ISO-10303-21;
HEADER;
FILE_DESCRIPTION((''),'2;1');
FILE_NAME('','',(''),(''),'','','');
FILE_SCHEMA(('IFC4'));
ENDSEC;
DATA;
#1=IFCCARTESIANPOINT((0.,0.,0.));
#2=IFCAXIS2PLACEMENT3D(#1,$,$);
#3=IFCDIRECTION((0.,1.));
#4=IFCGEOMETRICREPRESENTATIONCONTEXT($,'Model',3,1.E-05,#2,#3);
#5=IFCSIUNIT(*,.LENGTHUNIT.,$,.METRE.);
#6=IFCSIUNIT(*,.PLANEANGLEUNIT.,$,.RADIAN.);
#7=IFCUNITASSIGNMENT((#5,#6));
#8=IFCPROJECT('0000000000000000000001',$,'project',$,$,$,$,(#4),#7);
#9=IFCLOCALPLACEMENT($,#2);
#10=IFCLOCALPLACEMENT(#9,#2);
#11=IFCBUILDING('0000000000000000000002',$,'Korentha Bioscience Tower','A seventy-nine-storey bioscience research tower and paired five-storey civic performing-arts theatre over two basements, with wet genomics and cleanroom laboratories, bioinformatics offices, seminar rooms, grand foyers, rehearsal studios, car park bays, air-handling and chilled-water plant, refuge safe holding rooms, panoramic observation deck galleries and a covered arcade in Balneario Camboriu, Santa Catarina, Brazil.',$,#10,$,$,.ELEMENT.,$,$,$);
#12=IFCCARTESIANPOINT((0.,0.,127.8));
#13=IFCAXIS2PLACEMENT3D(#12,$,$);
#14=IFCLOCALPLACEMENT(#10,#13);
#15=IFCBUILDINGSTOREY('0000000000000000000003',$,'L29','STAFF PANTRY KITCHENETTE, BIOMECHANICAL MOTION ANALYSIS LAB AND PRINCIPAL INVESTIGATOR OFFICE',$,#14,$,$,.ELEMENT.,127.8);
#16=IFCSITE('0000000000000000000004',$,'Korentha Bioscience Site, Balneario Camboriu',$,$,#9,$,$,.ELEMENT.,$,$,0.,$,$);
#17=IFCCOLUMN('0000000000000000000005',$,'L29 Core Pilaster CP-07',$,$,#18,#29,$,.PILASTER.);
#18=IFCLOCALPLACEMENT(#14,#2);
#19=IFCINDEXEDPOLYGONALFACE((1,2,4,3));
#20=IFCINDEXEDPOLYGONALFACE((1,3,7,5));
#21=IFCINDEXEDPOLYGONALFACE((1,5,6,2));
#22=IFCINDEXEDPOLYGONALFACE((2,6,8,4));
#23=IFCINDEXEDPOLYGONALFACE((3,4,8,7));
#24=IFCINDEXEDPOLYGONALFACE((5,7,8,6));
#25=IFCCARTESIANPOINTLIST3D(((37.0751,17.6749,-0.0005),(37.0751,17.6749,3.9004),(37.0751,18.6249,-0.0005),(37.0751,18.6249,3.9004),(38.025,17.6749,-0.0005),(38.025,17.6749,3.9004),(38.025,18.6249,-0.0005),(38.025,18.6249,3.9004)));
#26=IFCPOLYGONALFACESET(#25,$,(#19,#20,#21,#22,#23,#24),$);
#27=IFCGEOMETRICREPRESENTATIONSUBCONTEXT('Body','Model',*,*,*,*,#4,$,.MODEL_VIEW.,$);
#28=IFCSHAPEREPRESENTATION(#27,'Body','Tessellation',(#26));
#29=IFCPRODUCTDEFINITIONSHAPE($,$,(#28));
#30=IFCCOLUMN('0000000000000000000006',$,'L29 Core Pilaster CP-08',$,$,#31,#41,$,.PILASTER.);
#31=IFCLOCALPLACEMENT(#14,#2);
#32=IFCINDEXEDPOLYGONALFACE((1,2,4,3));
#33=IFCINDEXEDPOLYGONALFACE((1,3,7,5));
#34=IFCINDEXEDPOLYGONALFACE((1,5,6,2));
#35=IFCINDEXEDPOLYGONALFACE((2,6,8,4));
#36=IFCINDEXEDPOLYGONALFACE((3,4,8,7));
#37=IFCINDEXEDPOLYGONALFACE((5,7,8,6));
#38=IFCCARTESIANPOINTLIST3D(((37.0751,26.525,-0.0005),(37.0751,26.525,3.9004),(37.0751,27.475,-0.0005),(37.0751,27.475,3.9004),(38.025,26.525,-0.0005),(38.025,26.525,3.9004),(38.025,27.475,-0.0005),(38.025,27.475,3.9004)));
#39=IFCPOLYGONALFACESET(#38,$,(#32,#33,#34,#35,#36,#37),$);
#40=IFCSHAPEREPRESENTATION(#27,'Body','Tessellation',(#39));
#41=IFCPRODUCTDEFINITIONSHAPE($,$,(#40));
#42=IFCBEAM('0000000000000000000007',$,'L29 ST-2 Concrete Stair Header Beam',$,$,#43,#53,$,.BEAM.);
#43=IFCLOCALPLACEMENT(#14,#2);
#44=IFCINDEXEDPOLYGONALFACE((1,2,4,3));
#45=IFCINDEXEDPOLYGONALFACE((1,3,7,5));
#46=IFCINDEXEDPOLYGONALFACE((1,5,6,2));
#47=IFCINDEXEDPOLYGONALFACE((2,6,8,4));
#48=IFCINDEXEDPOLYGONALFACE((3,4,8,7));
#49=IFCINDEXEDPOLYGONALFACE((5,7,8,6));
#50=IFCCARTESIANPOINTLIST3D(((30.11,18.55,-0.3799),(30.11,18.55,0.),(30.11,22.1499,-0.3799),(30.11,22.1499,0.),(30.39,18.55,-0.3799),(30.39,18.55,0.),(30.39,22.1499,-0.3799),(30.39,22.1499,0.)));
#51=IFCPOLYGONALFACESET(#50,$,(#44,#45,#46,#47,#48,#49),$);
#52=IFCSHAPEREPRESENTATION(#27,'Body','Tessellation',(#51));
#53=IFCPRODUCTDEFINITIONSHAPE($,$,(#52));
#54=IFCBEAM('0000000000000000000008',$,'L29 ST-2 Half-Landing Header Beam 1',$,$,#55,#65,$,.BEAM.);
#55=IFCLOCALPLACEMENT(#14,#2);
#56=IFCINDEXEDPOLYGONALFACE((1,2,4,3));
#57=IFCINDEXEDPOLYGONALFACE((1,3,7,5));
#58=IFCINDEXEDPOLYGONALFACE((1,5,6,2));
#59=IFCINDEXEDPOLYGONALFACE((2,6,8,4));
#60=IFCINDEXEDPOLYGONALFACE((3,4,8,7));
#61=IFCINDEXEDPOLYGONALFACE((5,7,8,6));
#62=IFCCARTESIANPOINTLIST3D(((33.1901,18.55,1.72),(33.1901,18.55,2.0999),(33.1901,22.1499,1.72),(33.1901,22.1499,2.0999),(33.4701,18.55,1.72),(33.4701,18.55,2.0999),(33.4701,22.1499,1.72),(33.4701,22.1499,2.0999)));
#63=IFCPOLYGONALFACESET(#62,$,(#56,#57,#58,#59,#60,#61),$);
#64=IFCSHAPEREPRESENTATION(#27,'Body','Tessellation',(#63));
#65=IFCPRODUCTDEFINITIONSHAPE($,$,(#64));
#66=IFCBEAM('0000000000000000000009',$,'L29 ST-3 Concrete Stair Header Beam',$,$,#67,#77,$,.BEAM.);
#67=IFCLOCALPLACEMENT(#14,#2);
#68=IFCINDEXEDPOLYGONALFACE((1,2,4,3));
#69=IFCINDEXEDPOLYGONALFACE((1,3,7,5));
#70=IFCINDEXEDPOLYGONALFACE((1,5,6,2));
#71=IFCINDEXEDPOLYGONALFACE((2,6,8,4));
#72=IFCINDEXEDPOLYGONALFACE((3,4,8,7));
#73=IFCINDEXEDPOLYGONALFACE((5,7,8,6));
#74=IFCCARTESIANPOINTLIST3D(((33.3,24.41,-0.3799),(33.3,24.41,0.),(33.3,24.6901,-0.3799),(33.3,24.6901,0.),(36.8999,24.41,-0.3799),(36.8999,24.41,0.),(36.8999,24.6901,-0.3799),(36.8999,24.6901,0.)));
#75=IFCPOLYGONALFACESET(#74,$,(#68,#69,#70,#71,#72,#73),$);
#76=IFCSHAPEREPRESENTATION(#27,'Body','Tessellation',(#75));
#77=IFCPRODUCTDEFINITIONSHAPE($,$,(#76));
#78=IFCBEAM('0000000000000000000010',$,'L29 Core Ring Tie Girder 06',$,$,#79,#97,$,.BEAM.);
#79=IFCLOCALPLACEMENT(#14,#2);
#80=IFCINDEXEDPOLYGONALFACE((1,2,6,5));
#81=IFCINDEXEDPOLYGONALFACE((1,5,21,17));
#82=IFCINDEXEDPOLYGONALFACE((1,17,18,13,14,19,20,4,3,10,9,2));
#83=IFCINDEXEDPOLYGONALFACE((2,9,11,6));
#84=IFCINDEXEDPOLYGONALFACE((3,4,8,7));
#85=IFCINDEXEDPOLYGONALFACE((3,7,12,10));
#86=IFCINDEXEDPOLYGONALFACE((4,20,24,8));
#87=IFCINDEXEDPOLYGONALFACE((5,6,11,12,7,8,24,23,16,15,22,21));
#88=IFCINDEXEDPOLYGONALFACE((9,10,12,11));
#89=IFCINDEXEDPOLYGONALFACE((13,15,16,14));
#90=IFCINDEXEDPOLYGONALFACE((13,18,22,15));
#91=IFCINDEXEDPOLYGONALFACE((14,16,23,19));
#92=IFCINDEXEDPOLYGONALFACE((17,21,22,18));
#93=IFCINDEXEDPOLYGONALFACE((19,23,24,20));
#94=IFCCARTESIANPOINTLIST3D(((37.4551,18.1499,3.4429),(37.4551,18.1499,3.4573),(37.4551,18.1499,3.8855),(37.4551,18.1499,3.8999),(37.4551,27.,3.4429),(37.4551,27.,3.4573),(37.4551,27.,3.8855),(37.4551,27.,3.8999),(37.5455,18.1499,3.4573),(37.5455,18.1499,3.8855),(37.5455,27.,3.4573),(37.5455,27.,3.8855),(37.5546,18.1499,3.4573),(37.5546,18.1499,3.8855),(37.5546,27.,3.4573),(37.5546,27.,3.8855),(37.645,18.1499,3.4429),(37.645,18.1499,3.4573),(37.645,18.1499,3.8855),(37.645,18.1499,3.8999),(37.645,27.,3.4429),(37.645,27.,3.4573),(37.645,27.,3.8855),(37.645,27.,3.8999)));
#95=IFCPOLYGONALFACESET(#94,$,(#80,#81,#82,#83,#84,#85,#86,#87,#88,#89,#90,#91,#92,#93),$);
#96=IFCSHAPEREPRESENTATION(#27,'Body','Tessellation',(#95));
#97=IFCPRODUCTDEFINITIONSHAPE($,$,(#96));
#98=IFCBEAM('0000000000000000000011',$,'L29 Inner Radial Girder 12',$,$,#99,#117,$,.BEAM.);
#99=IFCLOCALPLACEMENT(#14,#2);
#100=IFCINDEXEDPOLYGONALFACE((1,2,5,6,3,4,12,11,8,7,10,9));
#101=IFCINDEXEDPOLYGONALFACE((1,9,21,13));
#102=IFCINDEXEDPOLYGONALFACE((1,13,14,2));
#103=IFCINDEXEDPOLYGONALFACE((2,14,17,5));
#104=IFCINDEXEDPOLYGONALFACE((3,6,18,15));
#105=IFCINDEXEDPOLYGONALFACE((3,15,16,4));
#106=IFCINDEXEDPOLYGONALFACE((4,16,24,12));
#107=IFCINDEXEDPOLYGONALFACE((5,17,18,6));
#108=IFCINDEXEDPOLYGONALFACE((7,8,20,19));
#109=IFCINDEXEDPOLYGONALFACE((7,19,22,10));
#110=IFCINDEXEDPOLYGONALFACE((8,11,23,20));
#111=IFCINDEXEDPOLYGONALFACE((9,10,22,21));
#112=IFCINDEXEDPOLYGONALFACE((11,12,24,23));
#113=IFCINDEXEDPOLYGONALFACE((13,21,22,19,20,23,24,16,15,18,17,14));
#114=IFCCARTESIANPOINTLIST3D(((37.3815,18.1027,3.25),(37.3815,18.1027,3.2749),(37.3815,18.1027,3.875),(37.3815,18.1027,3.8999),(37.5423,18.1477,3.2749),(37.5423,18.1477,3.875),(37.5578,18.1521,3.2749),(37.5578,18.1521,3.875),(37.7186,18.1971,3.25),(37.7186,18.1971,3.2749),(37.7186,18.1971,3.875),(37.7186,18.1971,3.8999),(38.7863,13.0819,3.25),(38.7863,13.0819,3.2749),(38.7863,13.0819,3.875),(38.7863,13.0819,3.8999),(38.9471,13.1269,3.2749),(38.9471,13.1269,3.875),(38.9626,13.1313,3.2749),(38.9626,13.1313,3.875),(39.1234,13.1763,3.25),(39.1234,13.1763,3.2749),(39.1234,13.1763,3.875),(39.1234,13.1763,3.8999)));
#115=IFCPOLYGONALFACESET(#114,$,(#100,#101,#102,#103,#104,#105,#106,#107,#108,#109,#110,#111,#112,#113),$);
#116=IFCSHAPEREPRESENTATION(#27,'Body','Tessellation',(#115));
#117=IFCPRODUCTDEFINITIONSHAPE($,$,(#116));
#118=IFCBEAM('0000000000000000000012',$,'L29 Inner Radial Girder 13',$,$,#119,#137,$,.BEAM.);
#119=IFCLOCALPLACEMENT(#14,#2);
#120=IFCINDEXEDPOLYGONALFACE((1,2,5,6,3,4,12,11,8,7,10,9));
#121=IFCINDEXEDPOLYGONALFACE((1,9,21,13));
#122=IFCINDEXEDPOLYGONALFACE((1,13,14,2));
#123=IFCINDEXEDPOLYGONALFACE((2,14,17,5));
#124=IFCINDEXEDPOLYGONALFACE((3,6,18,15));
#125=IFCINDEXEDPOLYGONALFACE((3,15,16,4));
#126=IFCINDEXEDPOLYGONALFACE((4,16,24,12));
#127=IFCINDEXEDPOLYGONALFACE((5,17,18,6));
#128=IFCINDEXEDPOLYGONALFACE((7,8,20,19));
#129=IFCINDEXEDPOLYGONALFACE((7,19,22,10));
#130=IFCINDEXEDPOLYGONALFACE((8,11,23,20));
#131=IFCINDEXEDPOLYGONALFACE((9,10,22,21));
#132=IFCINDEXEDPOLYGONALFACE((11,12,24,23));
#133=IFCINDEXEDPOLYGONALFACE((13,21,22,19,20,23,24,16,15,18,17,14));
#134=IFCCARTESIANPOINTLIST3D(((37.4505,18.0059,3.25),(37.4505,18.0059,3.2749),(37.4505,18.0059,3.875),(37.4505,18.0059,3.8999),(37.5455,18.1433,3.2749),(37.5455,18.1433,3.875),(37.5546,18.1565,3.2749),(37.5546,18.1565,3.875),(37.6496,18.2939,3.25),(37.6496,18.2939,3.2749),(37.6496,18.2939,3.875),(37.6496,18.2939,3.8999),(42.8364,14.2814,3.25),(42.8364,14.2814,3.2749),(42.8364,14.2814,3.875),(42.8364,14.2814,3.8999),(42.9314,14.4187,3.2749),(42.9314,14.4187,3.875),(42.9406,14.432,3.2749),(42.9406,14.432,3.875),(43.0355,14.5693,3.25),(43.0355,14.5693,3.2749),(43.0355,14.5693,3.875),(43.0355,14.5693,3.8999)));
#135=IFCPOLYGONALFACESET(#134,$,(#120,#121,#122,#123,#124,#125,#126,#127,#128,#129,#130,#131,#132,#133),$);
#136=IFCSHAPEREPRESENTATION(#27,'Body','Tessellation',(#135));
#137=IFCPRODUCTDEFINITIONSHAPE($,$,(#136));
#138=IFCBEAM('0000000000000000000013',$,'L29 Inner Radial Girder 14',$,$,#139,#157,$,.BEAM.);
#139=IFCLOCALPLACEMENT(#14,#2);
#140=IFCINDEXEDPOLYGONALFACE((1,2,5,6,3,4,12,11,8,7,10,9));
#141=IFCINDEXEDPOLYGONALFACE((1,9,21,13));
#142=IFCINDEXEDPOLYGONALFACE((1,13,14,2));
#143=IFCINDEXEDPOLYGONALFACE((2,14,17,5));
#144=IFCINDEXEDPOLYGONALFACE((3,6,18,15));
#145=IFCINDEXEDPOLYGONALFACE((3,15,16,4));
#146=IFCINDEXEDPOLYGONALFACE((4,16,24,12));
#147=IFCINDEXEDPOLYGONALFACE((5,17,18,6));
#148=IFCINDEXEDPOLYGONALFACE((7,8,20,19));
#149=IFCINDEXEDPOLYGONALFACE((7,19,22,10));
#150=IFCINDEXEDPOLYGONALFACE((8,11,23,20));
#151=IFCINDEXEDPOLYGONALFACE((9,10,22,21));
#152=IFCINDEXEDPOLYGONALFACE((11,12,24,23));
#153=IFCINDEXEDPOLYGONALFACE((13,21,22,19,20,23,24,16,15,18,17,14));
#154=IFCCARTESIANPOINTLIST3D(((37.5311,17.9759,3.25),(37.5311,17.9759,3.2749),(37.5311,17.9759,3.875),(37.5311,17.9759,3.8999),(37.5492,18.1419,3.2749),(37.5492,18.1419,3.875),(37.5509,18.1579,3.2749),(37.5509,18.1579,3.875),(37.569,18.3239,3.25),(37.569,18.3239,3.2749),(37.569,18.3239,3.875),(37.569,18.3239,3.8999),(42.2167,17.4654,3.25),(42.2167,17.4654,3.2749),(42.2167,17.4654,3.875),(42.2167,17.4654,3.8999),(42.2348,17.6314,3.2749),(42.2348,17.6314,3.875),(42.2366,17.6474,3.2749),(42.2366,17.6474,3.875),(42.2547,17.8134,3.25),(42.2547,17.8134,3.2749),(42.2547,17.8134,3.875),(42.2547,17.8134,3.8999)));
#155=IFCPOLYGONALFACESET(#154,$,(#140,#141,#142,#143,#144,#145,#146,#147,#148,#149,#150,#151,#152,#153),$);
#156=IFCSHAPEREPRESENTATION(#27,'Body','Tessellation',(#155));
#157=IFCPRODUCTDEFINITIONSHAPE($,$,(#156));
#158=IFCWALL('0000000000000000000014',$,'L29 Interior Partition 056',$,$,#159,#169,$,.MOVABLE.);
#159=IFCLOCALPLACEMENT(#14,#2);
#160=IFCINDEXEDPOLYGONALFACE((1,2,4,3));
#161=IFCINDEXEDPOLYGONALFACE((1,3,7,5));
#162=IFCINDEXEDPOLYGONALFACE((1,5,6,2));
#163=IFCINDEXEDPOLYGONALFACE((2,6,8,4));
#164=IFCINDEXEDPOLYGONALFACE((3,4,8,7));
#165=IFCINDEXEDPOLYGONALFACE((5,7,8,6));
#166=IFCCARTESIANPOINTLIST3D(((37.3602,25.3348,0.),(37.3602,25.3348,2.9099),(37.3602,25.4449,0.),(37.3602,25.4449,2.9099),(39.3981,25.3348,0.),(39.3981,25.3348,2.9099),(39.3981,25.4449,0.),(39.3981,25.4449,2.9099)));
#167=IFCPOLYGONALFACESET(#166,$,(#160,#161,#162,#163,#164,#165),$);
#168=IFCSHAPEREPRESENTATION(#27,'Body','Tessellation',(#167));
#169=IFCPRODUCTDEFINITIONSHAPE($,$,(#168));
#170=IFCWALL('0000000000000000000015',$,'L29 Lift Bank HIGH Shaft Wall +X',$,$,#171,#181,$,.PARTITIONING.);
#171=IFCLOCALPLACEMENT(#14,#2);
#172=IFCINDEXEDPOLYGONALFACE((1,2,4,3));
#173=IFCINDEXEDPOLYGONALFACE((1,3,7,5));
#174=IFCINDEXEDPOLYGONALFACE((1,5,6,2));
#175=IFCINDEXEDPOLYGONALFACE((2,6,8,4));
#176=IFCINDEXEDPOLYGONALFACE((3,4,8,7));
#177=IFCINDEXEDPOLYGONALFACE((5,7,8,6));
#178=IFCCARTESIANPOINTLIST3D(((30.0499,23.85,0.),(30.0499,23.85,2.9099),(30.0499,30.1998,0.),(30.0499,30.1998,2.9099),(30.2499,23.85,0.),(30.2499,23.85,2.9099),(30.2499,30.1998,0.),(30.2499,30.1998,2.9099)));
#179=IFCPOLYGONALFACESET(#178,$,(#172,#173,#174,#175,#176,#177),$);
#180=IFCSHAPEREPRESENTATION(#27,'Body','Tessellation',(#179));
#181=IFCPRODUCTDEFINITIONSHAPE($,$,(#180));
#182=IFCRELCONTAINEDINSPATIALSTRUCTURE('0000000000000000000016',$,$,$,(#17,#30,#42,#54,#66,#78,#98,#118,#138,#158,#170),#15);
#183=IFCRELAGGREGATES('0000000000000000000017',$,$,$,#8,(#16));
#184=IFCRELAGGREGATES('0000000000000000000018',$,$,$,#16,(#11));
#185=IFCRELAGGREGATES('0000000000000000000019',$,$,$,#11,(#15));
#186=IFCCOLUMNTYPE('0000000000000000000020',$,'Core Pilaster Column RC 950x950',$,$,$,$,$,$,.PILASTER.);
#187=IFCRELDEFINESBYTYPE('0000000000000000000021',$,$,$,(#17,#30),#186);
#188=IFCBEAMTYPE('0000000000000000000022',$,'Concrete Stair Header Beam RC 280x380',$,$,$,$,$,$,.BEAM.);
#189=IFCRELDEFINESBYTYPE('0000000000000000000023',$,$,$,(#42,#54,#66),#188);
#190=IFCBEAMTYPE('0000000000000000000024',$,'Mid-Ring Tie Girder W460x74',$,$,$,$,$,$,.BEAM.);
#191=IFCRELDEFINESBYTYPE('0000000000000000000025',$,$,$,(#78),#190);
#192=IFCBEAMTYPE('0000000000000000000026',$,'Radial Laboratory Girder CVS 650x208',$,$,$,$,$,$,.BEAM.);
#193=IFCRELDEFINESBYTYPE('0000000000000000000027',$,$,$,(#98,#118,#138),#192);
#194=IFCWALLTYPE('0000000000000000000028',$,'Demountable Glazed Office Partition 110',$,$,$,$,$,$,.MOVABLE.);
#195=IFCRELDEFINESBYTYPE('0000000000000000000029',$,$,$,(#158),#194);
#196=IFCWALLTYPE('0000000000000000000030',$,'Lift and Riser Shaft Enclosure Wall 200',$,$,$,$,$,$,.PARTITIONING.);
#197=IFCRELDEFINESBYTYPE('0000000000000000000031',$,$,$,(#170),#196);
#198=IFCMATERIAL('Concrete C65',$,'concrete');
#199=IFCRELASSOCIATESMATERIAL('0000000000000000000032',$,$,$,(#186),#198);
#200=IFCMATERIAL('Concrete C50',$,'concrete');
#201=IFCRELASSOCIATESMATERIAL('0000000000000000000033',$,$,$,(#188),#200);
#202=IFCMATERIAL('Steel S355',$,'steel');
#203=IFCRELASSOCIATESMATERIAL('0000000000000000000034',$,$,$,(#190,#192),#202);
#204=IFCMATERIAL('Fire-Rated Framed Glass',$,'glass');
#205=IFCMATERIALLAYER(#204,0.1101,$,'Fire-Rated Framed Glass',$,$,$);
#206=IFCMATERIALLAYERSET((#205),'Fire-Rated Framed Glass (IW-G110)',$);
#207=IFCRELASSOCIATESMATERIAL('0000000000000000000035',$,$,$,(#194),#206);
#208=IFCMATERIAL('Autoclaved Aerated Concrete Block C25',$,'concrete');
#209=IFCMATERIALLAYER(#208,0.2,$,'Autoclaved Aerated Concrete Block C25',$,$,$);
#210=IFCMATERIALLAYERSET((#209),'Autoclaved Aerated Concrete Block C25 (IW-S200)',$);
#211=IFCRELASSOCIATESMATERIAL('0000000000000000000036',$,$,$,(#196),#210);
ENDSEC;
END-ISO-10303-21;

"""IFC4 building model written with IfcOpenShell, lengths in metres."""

from ifc_helpers import new_model, si_unit, direction, frame, frame_2d, origin, origin_2d, place, context, subcontext, project, spatial, rectangle, i_section, extrude, material, layer, layer_set, material_profile, profile_set, type_object, element, save


model = new_model("IFC4")

# Units and contexts
model_context = context("Model", 3, precision=1e-05, world=origin(), true_north=direction((0.0, 1.0)))
body_context = subcontext(model_context, "Body", "Model", "MODEL_VIEW")
ifc_project = project(units=[si_unit("LENGTHUNIT", "METRE"), si_unit("PLANEANGLEUNIT", "RADIAN")], contexts=[model_context])

# Site, building, storey
site_placement = place(None, origin())
site = spatial("IfcSite", under=ifc_project, at=site_placement, Name="Korentha Bioscience Site, Balneario Camboriu", CompositionType="ELEMENT", RefElevation=0.0)
building_placement = place(site_placement, origin())
building = spatial("IfcBuilding", under=site, at=building_placement, Name="Korentha Bioscience Tower", Description="A seventy-nine-storey bioscience research tower and paired five-storey civic performing-arts theatre over two basements, with wet genomics and cleanroom laboratories, bioinformatics offices, seminar rooms, grand foyers, rehearsal studios, car park bays, air-handling and chilled-water plant, refuge safe holding rooms, panoramic observation deck galleries and a covered arcade in Balneario Camboriu, Santa Catarina, Brazil.", CompositionType="ELEMENT")
storey_placement = place(building_placement, frame((0.0, 0.0, 127.8)))
storey = spatial("IfcBuildingStorey", under=building, at=storey_placement, Name="L29", Description="STAFF PANTRY KITCHENETTE, BIOMECHANICAL MOTION ANALYSIS LAB AND PRINCIPAL INVESTIGATOR OFFICE", CompositionType="ELEMENT", Elevation=127.8)

# Columns
ifc_material_1 = material(Name="Concrete C65", Category="concrete")
ifc_material_profile_1 = material_profile(ifc_material_1, rectangle(XDim=0.95, YDim=0.95, at=origin_2d()), Name="Concrete C65")
ifc_profile_set_1 = profile_set([ifc_material_profile_1], Name="Concrete C65 (COL-CP09)")
column_type = type_object("IfcColumnType", Name="Core Pilaster Column RC 950x950", PredefinedType="PILASTER", material=ifc_profile_set_1)
for number, where, z_axis, x_axis, name in (
    (1, (37.55, 18.1499, -0.0005), (0.0, 0.0, 1.0), (1.0, 0.0, 0.0), "L29 Core Pilaster CP-07"),
    (2, (37.55, 27.0, -0.0005), (0.0, 0.0, 1.0), (1.0, 0.0, 0.0), "L29 Core Pilaster CP-08"),
):
    element("IfcColumn", number, at=place(storey_placement, frame(where, z_axis=z_axis, x_axis=x_axis)), inside=storey, type_object=column_type, Name=name, PredefinedType="PILASTER", context=body_context, shape_type="SweptSolid", body=[
        extrude(rectangle(XDim=0.95, YDim=0.95, at=origin_2d()), origin(), (0.0, 0.0, 1.0), 3.9009),
    ])

# Beams
ifc_material_2 = material(Name="Concrete C50", Category="concrete")
ifc_material_profile_2 = material_profile(ifc_material_2, rectangle(XDim=0.28, YDim=0.3799, at=origin_2d()), Name="Concrete C50")
ifc_profile_set_2 = profile_set([ifc_material_profile_2], Name="Concrete C50 (ST-HB380)")
beam_type_1 = type_object("IfcBeamType", Name="Concrete Stair Header Beam RC 280x380", PredefinedType="BEAM", material=ifc_profile_set_2)
for number, where, z_axis, x_axis, name in (
    (3, (30.25, 18.55, -0.1899), (0.0, 1.0, 0.0), (-1.0, 0.0, 0.0), "L29 ST-2 Concrete Stair Header Beam"),
    (4, (33.3301, 18.55, 1.9099), (0.0, 1.0, 0.0), (-1.0, 0.0, 0.0), "L29 ST-2 Half-Landing Header Beam 1"),
    (5, (36.8999, 24.55, -0.1899), (-1.0, 0.0, 0.0), (0.0, -1.0, 0.0), "L29 ST-3 Concrete Stair Header Beam"),
):
    element("IfcBeam", number, at=place(storey_placement, frame(where, z_axis=z_axis, x_axis=x_axis)), inside=storey, type_object=beam_type_1, Name=name, PredefinedType="BEAM", context=body_context, shape_type="SweptSolid", body=[
        extrude(rectangle(XDim=0.28, YDim=0.3799, at=origin_2d()), origin(), (0.0, 0.0, 1.0), 3.5999),
    ])
ifc_material_3 = material(Name="Steel S355", Category="steel")
ifc_material_profile_3 = material_profile(ifc_material_3, i_section(OverallWidth=0.1899, OverallDepth=0.457, WebThickness=0.009, FlangeThickness=0.0144, at=origin_2d()), Name="Steel S355")
ifc_profile_set_3 = profile_set([ifc_material_profile_3], Name="Steel S355 (MB-460)")
beam_type_2 = type_object("IfcBeamType", Name="Mid-Ring Tie Girder W460x74", PredefinedType="BEAM", material=ifc_profile_set_3)
beam_1_placement = place(storey_placement, frame((37.55, 18.1499, 3.6714), z_axis=(0.0, 1.0, 0.0), x_axis=(-1.0, 0.0, 0.0)))
element("IfcBeam", 6, at=beam_1_placement, inside=storey, type_object=beam_type_2, Name="L29 Core Ring Tie Girder 06", PredefinedType="BEAM", context=body_context, shape_type="SweptSolid", body=[
    extrude(i_section(OverallWidth=0.1899, OverallDepth=0.457, WebThickness=0.009, FlangeThickness=0.0144, at=origin_2d()), origin(), (0.0, 0.0, 1.0), 8.8501),
])
ifc_material_profile_4 = material_profile(ifc_material_3, i_section(OverallWidth=0.3501, OverallDepth=0.6499, WebThickness=0.0161, FlangeThickness=0.0249, at=origin_2d()), Name="Steel S355")
ifc_profile_set_4 = profile_set([ifc_material_profile_4], Name="Steel S355 (RB-650)")
beam_type_3 = type_object("IfcBeamType", Name="Radial Laboratory Girder CVS 650x208", PredefinedType="BEAM", material=ifc_profile_set_4)
beam_2_placement = place(storey_placement, frame((37.55, 18.1499, 3.575), z_axis=(0.269448, -0.963015, 0.0), x_axis=(0.963015, 0.269448, 0.0)))
element("IfcBeam", 7, at=beam_2_placement, inside=storey, type_object=beam_type_3, Name="L29 Inner Radial Girder 12", PredefinedType="BEAM", context=body_context, shape_type="SweptSolid", body=[
    extrude(i_section(OverallWidth=0.3501, OverallDepth=0.6499, WebThickness=0.0161, FlangeThickness=0.0249, at=origin_2d()), origin(), (0.0, 0.0, 1.0), 5.2136),
])
beam_3_placement = place(storey_placement, frame((37.55, 18.1499, 3.575), z_axis=(0.822489, -0.568781, 0.0), x_axis=(0.568781, 0.822489, 0.0)))
element("IfcBeam", 8, at=beam_3_placement, inside=storey, type_object=beam_type_3, Name="L29 Inner Radial Girder 13", PredefinedType="BEAM", context=body_context, shape_type="SweptSolid", body=[
    extrude(i_section(OverallWidth=0.3501, OverallDepth=0.6499, WebThickness=0.0161, FlangeThickness=0.0249, at=origin_2d()), origin(), (0.0, 0.0, 1.0), 6.5483),
])
beam_4_placement = place(storey_placement, frame((37.55, 18.1499, 3.575), z_axis=(0.994117, -0.108311, 0.0), x_axis=(0.108311, 0.994117, 0.0)))
element("IfcBeam", 9, at=beam_4_placement, inside=storey, type_object=beam_type_3, Name="L29 Inner Radial Girder 14", PredefinedType="BEAM", context=body_context, shape_type="SweptSolid", body=[
    extrude(i_section(OverallWidth=0.3501, OverallDepth=0.6499, WebThickness=0.0161, FlangeThickness=0.0249, at=origin_2d()), origin(), (0.0, 0.0, 1.0), 4.7134),
])

# Walls
ifc_material_4 = material(Name="Fire-Rated Framed Glass", Category="glass")
ifc_layer_1 = layer(ifc_material_4, 0.1101, Name="Fire-Rated Framed Glass")
ifc_layer_set_1 = layer_set([ifc_layer_1], Name="Fire-Rated Framed Glass (IW-G110)")
wall_type_1 = type_object("IfcWallType", Name="Demountable Glazed Office Partition 110", PredefinedType="MOVABLE", material=ifc_layer_set_1)
wall_1_placement = place(storey_placement, frame((37.3601, 25.3899, 0.0), z_axis=(0.0, 0.0, 1.0), x_axis=(1.0, 0.0, 0.0)))
element("IfcWall", 10, at=wall_1_placement, inside=storey, type_object=wall_type_1, Name="L29 Interior Partition 056", PredefinedType="MOVABLE", context=body_context, shape_type="SweptSolid", body=[
    extrude(rectangle(XDim=2.0378, YDim=0.1101, at=frame_2d((1.019, 0.0))), origin(), (0.0, 0.0, 1.0), 2.9099),
])
ifc_material_5 = material(Name="Autoclaved Aerated Concrete Block C25", Category="concrete")
ifc_layer_2 = layer(ifc_material_5, 0.2, Name="Autoclaved Aerated Concrete Block C25")
ifc_layer_set_2 = layer_set([ifc_layer_2], Name="Autoclaved Aerated Concrete Block C25 (IW-S200)")
wall_type_2 = type_object("IfcWallType", Name="Lift and Riser Shaft Enclosure Wall 200", PredefinedType="PARTITIONING", material=ifc_layer_set_2)
wall_2_placement = place(storey_placement, frame((30.1499, 23.8501, 0.0), z_axis=(0.0, 0.0, 1.0), x_axis=(0.0, 1.0, 0.0)))
element("IfcWall", 11, at=wall_2_placement, inside=storey, type_object=wall_type_2, Name="L29 Lift Bank HIGH Shaft Wall +X", PredefinedType="PARTITIONING", context=body_context, shape_type="SweptSolid", body=[
    extrude(rectangle(XDim=6.3499, YDim=0.2, at=frame_2d((3.1748, 0.0))), origin(), (0.0, 0.0, 1.0), 2.9099),
])

save(model, "model.ifc")
